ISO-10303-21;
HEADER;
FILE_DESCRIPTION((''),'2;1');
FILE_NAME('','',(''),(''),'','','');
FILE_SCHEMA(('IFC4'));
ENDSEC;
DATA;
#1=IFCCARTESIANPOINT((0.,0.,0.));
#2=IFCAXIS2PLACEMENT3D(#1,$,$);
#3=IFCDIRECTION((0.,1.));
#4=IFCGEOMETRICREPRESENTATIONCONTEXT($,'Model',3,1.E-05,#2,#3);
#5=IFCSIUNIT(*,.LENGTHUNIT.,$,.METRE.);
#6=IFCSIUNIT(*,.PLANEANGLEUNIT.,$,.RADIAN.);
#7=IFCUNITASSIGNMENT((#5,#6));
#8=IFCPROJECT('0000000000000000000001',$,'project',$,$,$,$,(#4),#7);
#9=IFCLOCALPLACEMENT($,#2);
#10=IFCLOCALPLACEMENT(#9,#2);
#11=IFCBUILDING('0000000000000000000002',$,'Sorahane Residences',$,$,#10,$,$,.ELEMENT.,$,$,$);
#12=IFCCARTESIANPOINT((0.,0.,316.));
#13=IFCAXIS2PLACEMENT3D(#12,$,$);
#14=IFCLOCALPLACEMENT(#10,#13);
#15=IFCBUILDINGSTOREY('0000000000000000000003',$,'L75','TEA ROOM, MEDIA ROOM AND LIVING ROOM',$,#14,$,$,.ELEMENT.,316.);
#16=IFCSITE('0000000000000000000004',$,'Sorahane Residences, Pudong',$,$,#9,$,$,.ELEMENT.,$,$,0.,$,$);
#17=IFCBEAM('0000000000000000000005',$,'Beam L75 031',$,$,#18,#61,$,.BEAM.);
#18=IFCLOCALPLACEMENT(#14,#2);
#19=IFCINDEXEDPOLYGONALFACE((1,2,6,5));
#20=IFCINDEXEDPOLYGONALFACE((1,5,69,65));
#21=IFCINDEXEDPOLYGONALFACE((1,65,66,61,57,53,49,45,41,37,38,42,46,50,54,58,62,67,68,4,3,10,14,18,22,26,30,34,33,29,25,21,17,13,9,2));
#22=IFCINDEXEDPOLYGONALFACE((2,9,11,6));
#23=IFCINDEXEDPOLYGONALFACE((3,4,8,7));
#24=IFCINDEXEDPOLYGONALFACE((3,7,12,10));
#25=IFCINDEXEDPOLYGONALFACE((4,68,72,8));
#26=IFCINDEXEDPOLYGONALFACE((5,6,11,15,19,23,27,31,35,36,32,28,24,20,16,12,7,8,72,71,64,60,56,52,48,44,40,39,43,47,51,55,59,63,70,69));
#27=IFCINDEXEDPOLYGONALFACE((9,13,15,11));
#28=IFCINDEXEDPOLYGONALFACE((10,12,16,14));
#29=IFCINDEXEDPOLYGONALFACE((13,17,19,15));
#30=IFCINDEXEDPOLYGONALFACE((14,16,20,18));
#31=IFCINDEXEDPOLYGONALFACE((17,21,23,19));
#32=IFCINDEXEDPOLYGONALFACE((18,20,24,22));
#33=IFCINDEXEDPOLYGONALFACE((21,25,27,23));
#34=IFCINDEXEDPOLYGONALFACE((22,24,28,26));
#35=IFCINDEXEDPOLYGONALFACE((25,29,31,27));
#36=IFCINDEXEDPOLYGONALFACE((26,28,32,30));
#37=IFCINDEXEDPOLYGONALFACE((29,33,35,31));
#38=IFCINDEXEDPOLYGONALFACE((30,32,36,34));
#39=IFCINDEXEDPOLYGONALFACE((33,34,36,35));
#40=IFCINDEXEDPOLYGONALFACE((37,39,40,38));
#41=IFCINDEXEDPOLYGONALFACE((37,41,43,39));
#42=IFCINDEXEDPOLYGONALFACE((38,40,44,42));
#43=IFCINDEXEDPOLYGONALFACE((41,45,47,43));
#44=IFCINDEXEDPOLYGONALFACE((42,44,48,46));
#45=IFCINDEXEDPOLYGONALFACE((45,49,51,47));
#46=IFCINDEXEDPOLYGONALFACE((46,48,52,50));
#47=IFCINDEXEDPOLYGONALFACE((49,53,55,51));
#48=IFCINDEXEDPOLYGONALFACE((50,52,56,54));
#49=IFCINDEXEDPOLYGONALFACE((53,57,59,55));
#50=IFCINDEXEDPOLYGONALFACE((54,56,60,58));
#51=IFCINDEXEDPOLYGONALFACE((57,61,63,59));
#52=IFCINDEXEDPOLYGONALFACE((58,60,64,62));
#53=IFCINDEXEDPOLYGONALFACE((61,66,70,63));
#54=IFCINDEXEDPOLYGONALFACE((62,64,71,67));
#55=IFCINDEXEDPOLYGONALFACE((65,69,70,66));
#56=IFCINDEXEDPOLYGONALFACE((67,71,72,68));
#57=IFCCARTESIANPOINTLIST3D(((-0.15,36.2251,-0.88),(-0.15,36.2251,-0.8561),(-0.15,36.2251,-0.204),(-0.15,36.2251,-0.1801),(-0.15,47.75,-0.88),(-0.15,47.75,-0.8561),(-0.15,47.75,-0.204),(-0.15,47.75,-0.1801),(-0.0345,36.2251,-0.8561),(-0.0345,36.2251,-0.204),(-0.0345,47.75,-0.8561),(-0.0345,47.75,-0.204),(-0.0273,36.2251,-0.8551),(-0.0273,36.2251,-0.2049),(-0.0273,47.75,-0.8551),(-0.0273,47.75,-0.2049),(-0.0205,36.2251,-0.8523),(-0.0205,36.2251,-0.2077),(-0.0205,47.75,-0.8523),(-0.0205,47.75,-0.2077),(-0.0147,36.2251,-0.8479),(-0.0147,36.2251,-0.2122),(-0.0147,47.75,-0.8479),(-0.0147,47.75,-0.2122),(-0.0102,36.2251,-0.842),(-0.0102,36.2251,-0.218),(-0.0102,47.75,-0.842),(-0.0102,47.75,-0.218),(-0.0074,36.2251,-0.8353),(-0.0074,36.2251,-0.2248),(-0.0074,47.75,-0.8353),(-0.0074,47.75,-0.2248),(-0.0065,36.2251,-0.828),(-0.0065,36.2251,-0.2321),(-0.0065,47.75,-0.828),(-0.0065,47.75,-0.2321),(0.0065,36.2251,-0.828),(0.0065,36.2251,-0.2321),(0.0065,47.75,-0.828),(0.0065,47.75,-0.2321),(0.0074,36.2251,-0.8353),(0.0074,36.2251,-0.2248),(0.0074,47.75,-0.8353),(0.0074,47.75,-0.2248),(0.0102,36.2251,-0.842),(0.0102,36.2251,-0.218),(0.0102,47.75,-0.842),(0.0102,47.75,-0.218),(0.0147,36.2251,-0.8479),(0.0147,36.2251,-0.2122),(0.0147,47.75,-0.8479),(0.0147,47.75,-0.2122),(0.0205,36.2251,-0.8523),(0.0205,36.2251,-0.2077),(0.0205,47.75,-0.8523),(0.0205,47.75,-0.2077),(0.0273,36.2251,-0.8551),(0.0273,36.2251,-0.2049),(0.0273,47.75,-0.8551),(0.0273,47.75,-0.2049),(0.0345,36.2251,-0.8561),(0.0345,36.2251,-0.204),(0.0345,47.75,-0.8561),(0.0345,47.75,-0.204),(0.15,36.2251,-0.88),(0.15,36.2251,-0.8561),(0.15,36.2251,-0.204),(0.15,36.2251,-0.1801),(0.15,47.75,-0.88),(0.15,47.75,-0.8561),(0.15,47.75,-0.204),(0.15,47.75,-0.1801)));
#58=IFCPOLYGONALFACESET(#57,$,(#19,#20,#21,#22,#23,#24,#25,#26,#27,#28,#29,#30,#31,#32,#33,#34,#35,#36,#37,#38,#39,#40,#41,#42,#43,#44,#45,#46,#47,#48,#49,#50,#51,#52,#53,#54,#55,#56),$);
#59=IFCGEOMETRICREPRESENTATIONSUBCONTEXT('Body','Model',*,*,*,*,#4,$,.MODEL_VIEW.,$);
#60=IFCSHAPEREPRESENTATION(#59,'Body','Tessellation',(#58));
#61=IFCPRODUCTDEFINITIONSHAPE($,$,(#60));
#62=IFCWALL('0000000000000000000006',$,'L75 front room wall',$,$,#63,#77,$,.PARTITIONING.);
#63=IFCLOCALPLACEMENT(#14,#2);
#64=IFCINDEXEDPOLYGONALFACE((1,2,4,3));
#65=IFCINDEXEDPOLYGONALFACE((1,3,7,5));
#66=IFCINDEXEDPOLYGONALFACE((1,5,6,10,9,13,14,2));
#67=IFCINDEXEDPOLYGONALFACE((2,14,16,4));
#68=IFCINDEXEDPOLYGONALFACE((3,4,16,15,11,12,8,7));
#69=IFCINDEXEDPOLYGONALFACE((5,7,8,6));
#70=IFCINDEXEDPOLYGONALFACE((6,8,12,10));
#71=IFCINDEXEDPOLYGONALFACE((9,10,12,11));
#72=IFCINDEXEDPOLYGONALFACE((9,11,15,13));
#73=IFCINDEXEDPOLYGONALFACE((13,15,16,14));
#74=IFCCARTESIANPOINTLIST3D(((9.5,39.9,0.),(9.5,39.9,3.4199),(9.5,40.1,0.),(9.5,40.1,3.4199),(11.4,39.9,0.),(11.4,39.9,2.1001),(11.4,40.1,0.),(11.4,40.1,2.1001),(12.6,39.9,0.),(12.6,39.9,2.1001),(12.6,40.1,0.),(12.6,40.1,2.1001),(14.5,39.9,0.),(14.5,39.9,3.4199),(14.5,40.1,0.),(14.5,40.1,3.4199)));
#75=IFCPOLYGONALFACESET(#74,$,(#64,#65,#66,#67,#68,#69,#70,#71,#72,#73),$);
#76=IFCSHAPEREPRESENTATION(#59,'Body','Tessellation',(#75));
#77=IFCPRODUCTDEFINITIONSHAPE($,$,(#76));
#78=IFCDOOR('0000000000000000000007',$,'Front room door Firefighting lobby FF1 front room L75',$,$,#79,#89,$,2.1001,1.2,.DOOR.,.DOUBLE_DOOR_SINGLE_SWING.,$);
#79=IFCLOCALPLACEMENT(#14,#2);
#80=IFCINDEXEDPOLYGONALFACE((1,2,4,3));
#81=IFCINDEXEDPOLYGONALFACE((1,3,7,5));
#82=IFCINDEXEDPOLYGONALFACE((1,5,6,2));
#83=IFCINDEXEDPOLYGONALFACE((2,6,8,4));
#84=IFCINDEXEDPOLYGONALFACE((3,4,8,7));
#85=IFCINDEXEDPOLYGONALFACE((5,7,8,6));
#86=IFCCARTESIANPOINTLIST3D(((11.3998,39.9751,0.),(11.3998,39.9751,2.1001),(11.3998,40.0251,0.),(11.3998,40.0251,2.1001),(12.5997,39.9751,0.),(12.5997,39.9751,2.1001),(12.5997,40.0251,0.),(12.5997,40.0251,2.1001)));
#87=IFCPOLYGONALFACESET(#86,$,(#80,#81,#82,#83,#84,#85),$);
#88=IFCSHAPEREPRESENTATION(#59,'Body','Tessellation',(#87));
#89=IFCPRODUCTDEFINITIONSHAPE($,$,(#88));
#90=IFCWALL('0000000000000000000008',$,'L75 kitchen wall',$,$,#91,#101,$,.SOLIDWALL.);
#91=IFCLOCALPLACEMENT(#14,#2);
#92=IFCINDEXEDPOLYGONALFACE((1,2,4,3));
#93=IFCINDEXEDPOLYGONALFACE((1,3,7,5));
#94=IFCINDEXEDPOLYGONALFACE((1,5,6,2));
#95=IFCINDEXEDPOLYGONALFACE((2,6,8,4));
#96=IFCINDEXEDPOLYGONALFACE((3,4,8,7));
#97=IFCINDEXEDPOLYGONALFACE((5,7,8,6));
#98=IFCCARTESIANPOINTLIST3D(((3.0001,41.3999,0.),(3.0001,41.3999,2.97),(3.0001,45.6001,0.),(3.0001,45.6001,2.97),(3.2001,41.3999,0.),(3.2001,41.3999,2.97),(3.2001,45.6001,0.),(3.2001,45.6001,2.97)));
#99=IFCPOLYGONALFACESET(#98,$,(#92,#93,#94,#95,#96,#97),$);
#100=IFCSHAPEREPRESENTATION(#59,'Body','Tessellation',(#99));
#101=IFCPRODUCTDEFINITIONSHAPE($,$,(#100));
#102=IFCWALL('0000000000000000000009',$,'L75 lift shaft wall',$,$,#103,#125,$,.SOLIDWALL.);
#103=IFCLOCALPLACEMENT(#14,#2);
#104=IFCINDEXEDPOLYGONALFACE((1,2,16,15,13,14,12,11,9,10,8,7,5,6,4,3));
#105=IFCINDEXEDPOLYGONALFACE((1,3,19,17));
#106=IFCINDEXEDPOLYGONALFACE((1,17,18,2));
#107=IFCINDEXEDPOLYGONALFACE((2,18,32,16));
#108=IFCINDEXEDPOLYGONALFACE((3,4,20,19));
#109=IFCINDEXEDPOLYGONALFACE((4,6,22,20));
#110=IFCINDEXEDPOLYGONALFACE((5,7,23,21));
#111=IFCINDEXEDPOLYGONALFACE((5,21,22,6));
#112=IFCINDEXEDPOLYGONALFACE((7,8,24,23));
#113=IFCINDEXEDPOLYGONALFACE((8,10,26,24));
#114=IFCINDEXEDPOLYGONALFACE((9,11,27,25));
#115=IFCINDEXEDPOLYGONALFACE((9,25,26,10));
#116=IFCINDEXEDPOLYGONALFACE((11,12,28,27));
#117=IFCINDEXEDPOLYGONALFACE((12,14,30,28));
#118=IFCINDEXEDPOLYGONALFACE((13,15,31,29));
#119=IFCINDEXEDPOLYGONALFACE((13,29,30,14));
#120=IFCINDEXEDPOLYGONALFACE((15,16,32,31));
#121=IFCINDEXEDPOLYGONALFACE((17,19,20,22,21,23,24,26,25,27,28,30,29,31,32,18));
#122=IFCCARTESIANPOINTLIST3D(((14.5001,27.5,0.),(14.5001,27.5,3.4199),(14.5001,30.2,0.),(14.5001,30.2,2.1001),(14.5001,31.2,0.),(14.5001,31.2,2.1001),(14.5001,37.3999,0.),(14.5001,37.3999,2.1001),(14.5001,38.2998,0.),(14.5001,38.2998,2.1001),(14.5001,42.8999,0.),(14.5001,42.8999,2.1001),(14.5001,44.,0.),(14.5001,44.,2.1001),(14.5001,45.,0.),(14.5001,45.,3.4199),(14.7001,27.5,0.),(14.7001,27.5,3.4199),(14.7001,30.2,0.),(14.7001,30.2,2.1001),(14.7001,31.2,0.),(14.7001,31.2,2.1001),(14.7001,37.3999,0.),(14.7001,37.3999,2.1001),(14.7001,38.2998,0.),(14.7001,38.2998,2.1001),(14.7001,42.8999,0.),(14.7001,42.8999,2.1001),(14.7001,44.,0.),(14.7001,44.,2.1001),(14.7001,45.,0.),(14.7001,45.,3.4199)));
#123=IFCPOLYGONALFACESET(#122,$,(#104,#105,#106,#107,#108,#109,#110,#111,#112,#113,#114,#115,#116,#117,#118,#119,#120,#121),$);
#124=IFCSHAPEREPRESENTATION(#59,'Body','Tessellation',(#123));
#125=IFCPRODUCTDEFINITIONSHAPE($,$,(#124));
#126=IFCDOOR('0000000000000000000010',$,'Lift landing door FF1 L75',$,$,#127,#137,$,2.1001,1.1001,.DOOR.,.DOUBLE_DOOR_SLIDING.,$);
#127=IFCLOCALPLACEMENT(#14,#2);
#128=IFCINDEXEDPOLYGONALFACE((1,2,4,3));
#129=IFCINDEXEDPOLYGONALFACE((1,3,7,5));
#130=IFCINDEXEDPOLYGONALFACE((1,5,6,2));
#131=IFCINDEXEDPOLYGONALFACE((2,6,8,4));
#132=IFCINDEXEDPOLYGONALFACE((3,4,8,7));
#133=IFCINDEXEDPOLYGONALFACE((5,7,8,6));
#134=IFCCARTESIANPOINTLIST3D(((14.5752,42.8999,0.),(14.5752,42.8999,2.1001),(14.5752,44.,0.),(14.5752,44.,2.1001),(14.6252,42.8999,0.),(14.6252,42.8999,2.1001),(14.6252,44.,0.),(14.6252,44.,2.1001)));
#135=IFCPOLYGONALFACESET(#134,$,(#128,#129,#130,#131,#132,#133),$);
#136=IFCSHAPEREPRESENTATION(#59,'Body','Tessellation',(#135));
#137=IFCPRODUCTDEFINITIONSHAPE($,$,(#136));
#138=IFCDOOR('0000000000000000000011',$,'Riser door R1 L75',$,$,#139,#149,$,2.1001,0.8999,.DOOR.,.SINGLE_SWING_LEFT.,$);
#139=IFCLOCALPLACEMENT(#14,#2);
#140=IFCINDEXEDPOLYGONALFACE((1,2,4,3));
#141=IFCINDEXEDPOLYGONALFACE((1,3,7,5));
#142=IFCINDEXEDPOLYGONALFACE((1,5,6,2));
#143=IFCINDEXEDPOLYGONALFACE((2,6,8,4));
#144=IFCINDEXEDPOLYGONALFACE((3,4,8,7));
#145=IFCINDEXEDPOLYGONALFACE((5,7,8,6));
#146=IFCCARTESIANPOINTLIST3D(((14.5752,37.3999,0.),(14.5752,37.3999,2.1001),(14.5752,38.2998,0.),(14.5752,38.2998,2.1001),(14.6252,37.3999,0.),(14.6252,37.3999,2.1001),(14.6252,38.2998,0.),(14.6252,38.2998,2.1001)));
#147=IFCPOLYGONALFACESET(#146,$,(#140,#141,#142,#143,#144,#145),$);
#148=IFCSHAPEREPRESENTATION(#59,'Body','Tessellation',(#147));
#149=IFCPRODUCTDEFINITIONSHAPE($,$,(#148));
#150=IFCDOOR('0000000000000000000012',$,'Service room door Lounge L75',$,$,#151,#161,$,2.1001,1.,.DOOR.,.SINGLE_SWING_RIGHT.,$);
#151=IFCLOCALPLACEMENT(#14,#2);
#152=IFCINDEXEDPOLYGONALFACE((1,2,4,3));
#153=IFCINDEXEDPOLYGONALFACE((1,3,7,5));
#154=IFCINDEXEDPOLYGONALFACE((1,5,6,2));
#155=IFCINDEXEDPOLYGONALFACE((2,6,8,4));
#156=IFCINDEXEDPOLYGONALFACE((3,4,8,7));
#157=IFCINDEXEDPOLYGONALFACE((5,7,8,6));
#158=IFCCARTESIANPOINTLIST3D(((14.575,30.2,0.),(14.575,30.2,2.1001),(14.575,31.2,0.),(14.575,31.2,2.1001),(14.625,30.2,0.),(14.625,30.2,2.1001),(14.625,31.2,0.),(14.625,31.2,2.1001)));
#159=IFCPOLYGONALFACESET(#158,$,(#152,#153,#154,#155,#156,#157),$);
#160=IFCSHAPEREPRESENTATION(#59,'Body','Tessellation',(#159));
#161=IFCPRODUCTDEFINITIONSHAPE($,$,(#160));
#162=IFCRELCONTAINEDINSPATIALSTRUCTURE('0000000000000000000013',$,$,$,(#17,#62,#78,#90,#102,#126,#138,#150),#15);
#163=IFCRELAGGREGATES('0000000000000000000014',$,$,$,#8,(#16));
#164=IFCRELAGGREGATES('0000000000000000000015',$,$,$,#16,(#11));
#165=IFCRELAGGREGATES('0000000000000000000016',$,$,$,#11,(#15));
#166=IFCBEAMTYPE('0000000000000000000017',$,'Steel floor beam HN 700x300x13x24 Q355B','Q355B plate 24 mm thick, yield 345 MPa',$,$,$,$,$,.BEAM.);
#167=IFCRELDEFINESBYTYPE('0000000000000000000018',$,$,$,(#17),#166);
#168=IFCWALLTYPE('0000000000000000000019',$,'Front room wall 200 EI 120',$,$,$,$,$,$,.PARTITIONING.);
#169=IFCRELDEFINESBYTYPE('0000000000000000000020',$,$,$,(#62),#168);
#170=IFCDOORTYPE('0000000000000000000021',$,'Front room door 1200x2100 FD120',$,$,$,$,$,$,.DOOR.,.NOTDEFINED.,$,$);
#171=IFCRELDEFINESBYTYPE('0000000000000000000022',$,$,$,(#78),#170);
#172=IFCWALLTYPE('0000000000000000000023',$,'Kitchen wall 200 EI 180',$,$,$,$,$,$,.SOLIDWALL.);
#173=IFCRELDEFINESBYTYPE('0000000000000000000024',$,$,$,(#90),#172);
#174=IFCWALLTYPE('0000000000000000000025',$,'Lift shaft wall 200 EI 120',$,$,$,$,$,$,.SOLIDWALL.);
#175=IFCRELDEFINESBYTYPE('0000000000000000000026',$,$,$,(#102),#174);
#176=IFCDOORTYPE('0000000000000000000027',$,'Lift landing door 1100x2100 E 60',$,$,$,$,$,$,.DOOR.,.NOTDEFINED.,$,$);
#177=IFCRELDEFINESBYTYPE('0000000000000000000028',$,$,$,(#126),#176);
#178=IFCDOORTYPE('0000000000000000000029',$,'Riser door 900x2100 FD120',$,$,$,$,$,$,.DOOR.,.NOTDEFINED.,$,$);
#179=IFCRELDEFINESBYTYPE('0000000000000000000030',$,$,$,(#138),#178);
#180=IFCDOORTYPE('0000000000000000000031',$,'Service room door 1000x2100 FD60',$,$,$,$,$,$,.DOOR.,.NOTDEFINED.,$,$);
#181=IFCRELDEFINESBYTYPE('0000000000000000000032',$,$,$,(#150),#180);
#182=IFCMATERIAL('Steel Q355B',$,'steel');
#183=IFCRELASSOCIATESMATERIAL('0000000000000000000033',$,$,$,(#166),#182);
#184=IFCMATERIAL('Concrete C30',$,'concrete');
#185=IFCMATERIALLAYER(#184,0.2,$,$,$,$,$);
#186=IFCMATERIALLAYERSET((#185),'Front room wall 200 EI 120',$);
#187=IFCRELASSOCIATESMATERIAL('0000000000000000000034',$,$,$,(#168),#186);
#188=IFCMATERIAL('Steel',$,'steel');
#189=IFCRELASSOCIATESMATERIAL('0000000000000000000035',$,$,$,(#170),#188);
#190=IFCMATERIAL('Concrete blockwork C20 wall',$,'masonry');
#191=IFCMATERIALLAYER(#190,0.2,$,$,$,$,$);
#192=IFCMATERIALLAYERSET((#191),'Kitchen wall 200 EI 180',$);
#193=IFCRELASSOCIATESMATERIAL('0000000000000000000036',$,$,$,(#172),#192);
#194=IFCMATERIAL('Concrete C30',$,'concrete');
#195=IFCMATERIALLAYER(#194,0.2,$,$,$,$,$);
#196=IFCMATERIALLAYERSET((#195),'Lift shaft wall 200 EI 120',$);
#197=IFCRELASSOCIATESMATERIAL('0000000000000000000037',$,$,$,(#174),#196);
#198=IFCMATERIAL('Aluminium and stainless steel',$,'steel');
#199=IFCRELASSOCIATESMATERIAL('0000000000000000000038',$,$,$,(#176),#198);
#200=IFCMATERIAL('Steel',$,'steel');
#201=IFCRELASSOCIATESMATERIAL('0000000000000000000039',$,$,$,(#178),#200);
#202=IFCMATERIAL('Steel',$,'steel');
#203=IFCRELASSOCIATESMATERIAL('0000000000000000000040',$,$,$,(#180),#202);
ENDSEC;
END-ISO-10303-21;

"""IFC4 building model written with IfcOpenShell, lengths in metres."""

from ifc_helpers import new_model, si_unit, direction, frame, frame_2d, origin, origin_2d, place, context, subcontext, project, spatial, rectangle, i_section, extrude, material, layer, layer_set, material_profile, profile_set, type_object, element, fill, save


model = new_model("IFC4")

# Units and contexts
model_context = context("Model", 3, precision=1e-05, world=origin(), true_north=direction((0.0, 1.0)))
body_context = subcontext(model_context, "Body", "Model", "MODEL_VIEW")
ifc_project = project(units=[si_unit("LENGTHUNIT", "METRE"), si_unit("PLANEANGLEUNIT", "RADIAN")], contexts=[model_context])

# Site, building, storey
site_placement = place(None, origin())
site = spatial("IfcSite", under=ifc_project, at=site_placement, Name="Sorahane Residences, Pudong", CompositionType="ELEMENT", RefElevation=0.0)
building_placement = place(site_placement, origin())
building = spatial("IfcBuilding", under=site, at=building_placement, Name="Sorahane Residences", CompositionType="ELEMENT")
storey_placement = place(building_placement, frame((0.0, 0.0, 316.0)))
storey = spatial("IfcBuildingStorey", under=building, at=storey_placement, Name="L75", Description="TEA ROOM, MEDIA ROOM AND LIVING ROOM", CompositionType="ELEMENT", Elevation=316.0)

# Beam
ifc_material_1 = material(Name="Steel Q355B", Category="steel")
ifc_material_profile_1 = material_profile(ifc_material_1, i_section(OverallWidth=0.3, OverallDepth=0.7, WebThickness=0.0129, FlangeThickness=0.0239, FilletRadius=0.0281, at=origin_2d()), Name="HN 700x300x13x24")
ifc_profile_set_1 = profile_set([ifc_material_profile_1], Name="Steel Q355B")
beam_type_1 = type_object("IfcBeamType", Name="Steel floor beam HN 700x300x13x24 Q355B", Description="Q355B plate 24 mm thick, yield 345 MPa", PredefinedType="BEAM", material=ifc_profile_set_1)
beam_1_placement = place(storey_placement, frame((0.0, 36.2251, -0.53), z_axis=(0.0, 1.0, 0.0), x_axis=(-1.0, 0.0, 0.0)))
element("IfcBeam", 1, at=beam_1_placement, inside=storey, type_object=beam_type_1, Name="Beam L75 031", PredefinedType="BEAM", context=body_context, shape_type="SweptSolid", body=[
    extrude(i_section(OverallWidth=0.3, OverallDepth=0.7, WebThickness=0.0129, FlangeThickness=0.0239, FilletRadius=0.0281, at=origin_2d()), origin(), (0.0, 0.0, 1.0), 11.5249),
])

# Wall, opening, door
ifc_material_2 = material(Name="Concrete C30", Category="concrete")
ifc_layer_1 = layer(ifc_material_2, 0.2)
ifc_layer_set_1 = layer_set([ifc_layer_1], Name="Front room wall 200 EI 120")
wall_type_1 = type_object("IfcWallType", Name="Front room wall 200 EI 120", PredefinedType="PARTITIONING", material=ifc_layer_set_1)
wall_1_placement = place(storey_placement, frame((9.5, 40.0, 0.0), z_axis=(0.0, 0.0, 1.0), x_axis=(1.0, 0.0, 0.0)))
wall_1 = element("IfcWall", 2, at=wall_1_placement, inside=storey, type_object=wall_type_1, Name="L75 front room wall", PredefinedType="PARTITIONING", context=body_context, shape_type="SweptSolid", body=[
    extrude(rectangle(XDim=5.0, YDim=0.2, at=frame_2d((2.5, 0.0))), origin(), (0.0, 0.0, 1.0), 3.4199),
])
opening_1_placement = place(wall_1_placement, frame((1.8999, 0.0, 0.0)))
opening_1 = element("IfcOpeningElement", 3, at=opening_1_placement, cuts=wall_1, PredefinedType="OPENING", context=body_context, shape_type="SweptSolid", body=[
    extrude(rectangle(XDim=1.2, YDim=2.1001, at=frame_2d((0.6001, 1.05))), frame((0.0, 0.1099, 0.0), z_axis=(0.0, -1.0, 0.0), x_axis=(1.0, 0.0, 0.0)), (0.0, 0.0, 1.0), 0.22),
])
ifc_material_3 = material(Name="Steel", Category="steel")
door_type_1 = type_object("IfcDoorType", Name="Front room door 1200x2100 FD120", OperationType="NOTDEFINED", PredefinedType="DOOR", material=ifc_material_3)
door_1_placement = place(opening_1_placement, frame((1.2, 0.0, 0.0), z_axis=(0.0, 0.0, 1.0), x_axis=(-1.0, 0.0, 0.0)))
door_1 = element("IfcDoor", 4, at=door_1_placement, inside=storey, type_object=door_type_1, Name="Front room door Firefighting lobby FF1 front room L75", OperationType="DOUBLE_DOOR_SINGLE_SWING", OverallHeight=2.1001, OverallWidth=1.2, PredefinedType="DOOR", context=body_context, shape_type="SweptSolid", body=[
    extrude(rectangle(XDim=1.2, YDim=2.1001, at=frame_2d((0.6001, 1.05))), frame((0.0, 0.0249, 0.0), z_axis=(0.0, -1.0, 0.0), x_axis=(1.0, 0.0, 0.0)), (0.0, 0.0, 1.0), 0.05),
])
fill(opening_1, door_1)

# Wall
ifc_material_4 = material(Name="Concrete blockwork C20 wall", Category="masonry")
ifc_layer_2 = layer(ifc_material_4, 0.2)
ifc_layer_set_2 = layer_set([ifc_layer_2], Name="Kitchen wall 200 EI 180")
wall_type_2 = type_object("IfcWallType", Name="Kitchen wall 200 EI 180", PredefinedType="SOLIDWALL", material=ifc_layer_set_2)
wall_2_placement = place(storey_placement, frame((3.1001, 41.3999, 0.0), z_axis=(0.0, 0.0, 1.0), x_axis=(0.0, 1.0, 0.0)))
element("IfcWall", 5, at=wall_2_placement, inside=storey, type_object=wall_type_2, Name="L75 kitchen wall", PredefinedType="SOLIDWALL", context=body_context, shape_type="SweptSolid", body=[
    extrude(rectangle(XDim=4.2002, YDim=0.2, at=frame_2d((2.1001, 0.0))), origin(), (0.0, 0.0, 1.0), 2.97),
])

# Wall, openings, doors
ifc_material_5 = material(Name="Concrete C30", Category="concrete")
ifc_layer_3 = layer(ifc_material_5, 0.2)
ifc_layer_set_3 = layer_set([ifc_layer_3], Name="Lift shaft wall 200 EI 120")
wall_type_3 = type_object("IfcWallType", Name="Lift shaft wall 200 EI 120", PredefinedType="SOLIDWALL", material=ifc_layer_set_3)
wall_3_placement = place(storey_placement, frame((14.6001, 27.5, 0.0), z_axis=(0.0, 0.0, 1.0), x_axis=(0.0, 1.0, 0.0)))
wall_3 = element("IfcWall", 6, at=wall_3_placement, inside=storey, type_object=wall_type_3, Name="L75 lift shaft wall", PredefinedType="SOLIDWALL", context=body_context, shape_type="SweptSolid", body=[
    extrude(rectangle(XDim=17.5, YDim=0.2, at=frame_2d((8.75, 0.0))), origin(), (0.0, 0.0, 1.0), 3.4199),
])
opening_2_placement = place(wall_3_placement, frame((15.3999, 0.0, 0.0)))
opening_2 = element("IfcOpeningElement", 7, at=opening_2_placement, cuts=wall_3, PredefinedType="OPENING", context=body_context, shape_type="SweptSolid", body=[
    extrude(rectangle(XDim=1.1001, YDim=2.1001, at=frame_2d((0.55, 1.05))), frame((0.0, 0.1099, 0.0), z_axis=(0.0, -1.0, 0.0), x_axis=(1.0, 0.0, 0.0)), (0.0, 0.0, 1.0), 0.22),
])
opening_3_placement = place(wall_3_placement, frame((2.7, 0.0, 0.0)))
opening_3 = element("IfcOpeningElement", 8, at=opening_3_placement, cuts=wall_3, PredefinedType="OPENING", context=body_context, shape_type="SweptSolid", body=[
    extrude(rectangle(XDim=1.0, YDim=2.1001, at=frame_2d((0.5, 1.05))), frame((0.0, 0.1099, 0.0), z_axis=(0.0, -1.0, 0.0), x_axis=(1.0, 0.0, 0.0)), (0.0, 0.0, 1.0), 0.22),
])
opening_4_placement = place(wall_3_placement, frame((9.8999, 0.0, 0.0)))
opening_4 = element("IfcOpeningElement", 9, at=opening_4_placement, cuts=wall_3, PredefinedType="OPENING", context=body_context, shape_type="SweptSolid", body=[
    extrude(rectangle(XDim=0.8999, YDim=2.1001, at=frame_2d((0.45, 1.05))), frame((0.0, 0.1099, 0.0), z_axis=(0.0, -1.0, 0.0), x_axis=(1.0, 0.0, 0.0)), (0.0, 0.0, 1.0), 0.22),
])
ifc_material_6 = material(Name="Aluminium and stainless steel", Category="steel")
door_type_2 = type_object("IfcDoorType", Name="Lift landing door 1100x2100 E 60", OperationType="NOTDEFINED", PredefinedType="DOOR", material=ifc_material_6)
door_2_placement = place(opening_2_placement, origin())
door_2 = element("IfcDoor", 10, at=door_2_placement, inside=storey, type_object=door_type_2, Name="Lift landing door FF1 L75", OperationType="DOUBLE_DOOR_SLIDING", OverallHeight=2.1001, OverallWidth=1.1001, PredefinedType="DOOR", context=body_context, shape_type="SweptSolid", body=[
    extrude(rectangle(XDim=1.1001, YDim=2.1001, at=frame_2d((0.55, 1.05))), frame((0.0, 0.0249, 0.0), z_axis=(0.0, -1.0, 0.0), x_axis=(1.0, 0.0, 0.0)), (0.0, 0.0, 1.0), 0.05),
])
fill(opening_2, door_2)
ifc_material_7 = material(Name="Steel", Category="steel")
door_type_3 = type_object("IfcDoorType", Name="Riser door 900x2100 FD120", OperationType="NOTDEFINED", PredefinedType="DOOR", material=ifc_material_7)
door_3_placement = place(opening_4_placement, origin())
door_3 = element("IfcDoor", 11, at=door_3_placement, inside=storey, type_object=door_type_3, Name="Riser door R1 L75", OperationType="SINGLE_SWING_LEFT", OverallHeight=2.1001, OverallWidth=0.8999, PredefinedType="DOOR", context=body_context, shape_type="SweptSolid", body=[
    extrude(rectangle(XDim=0.8999, YDim=2.1001, at=frame_2d((0.45, 1.05))), frame((0.0, 0.0249, 0.0), z_axis=(0.0, -1.0, 0.0), x_axis=(1.0, 0.0, 0.0)), (0.0, 0.0, 1.0), 0.05),
])
fill(opening_4, door_3)
ifc_material_8 = material(Name="Steel", Category="steel")
door_type_4 = type_object("IfcDoorType", Name="Service room door 1000x2100 FD60", OperationType="NOTDEFINED", PredefinedType="DOOR", material=ifc_material_8)
door_4_placement = place(opening_3_placement, frame((1.0, 0.0, 0.0), z_axis=(0.0, 0.0, 1.0), x_axis=(-1.0, 0.0, 0.0)))
door_4 = element("IfcDoor", 12, at=door_4_placement, inside=storey, type_object=door_type_4, Name="Service room door Lounge L75", OperationType="SINGLE_SWING_RIGHT", OverallHeight=2.1001, OverallWidth=1.0, PredefinedType="DOOR", context=body_context, shape_type="SweptSolid", body=[
    extrude(rectangle(XDim=1.0, YDim=2.1001, at=frame_2d((0.5, 1.05))), frame((0.0, 0.0249, 0.0), z_axis=(0.0, -1.0, 0.0), x_axis=(1.0, 0.0, 0.0)), (0.0, 0.0, 1.0), 0.05),
])
fill(opening_3, door_4)

save(model, "model.ifc")
